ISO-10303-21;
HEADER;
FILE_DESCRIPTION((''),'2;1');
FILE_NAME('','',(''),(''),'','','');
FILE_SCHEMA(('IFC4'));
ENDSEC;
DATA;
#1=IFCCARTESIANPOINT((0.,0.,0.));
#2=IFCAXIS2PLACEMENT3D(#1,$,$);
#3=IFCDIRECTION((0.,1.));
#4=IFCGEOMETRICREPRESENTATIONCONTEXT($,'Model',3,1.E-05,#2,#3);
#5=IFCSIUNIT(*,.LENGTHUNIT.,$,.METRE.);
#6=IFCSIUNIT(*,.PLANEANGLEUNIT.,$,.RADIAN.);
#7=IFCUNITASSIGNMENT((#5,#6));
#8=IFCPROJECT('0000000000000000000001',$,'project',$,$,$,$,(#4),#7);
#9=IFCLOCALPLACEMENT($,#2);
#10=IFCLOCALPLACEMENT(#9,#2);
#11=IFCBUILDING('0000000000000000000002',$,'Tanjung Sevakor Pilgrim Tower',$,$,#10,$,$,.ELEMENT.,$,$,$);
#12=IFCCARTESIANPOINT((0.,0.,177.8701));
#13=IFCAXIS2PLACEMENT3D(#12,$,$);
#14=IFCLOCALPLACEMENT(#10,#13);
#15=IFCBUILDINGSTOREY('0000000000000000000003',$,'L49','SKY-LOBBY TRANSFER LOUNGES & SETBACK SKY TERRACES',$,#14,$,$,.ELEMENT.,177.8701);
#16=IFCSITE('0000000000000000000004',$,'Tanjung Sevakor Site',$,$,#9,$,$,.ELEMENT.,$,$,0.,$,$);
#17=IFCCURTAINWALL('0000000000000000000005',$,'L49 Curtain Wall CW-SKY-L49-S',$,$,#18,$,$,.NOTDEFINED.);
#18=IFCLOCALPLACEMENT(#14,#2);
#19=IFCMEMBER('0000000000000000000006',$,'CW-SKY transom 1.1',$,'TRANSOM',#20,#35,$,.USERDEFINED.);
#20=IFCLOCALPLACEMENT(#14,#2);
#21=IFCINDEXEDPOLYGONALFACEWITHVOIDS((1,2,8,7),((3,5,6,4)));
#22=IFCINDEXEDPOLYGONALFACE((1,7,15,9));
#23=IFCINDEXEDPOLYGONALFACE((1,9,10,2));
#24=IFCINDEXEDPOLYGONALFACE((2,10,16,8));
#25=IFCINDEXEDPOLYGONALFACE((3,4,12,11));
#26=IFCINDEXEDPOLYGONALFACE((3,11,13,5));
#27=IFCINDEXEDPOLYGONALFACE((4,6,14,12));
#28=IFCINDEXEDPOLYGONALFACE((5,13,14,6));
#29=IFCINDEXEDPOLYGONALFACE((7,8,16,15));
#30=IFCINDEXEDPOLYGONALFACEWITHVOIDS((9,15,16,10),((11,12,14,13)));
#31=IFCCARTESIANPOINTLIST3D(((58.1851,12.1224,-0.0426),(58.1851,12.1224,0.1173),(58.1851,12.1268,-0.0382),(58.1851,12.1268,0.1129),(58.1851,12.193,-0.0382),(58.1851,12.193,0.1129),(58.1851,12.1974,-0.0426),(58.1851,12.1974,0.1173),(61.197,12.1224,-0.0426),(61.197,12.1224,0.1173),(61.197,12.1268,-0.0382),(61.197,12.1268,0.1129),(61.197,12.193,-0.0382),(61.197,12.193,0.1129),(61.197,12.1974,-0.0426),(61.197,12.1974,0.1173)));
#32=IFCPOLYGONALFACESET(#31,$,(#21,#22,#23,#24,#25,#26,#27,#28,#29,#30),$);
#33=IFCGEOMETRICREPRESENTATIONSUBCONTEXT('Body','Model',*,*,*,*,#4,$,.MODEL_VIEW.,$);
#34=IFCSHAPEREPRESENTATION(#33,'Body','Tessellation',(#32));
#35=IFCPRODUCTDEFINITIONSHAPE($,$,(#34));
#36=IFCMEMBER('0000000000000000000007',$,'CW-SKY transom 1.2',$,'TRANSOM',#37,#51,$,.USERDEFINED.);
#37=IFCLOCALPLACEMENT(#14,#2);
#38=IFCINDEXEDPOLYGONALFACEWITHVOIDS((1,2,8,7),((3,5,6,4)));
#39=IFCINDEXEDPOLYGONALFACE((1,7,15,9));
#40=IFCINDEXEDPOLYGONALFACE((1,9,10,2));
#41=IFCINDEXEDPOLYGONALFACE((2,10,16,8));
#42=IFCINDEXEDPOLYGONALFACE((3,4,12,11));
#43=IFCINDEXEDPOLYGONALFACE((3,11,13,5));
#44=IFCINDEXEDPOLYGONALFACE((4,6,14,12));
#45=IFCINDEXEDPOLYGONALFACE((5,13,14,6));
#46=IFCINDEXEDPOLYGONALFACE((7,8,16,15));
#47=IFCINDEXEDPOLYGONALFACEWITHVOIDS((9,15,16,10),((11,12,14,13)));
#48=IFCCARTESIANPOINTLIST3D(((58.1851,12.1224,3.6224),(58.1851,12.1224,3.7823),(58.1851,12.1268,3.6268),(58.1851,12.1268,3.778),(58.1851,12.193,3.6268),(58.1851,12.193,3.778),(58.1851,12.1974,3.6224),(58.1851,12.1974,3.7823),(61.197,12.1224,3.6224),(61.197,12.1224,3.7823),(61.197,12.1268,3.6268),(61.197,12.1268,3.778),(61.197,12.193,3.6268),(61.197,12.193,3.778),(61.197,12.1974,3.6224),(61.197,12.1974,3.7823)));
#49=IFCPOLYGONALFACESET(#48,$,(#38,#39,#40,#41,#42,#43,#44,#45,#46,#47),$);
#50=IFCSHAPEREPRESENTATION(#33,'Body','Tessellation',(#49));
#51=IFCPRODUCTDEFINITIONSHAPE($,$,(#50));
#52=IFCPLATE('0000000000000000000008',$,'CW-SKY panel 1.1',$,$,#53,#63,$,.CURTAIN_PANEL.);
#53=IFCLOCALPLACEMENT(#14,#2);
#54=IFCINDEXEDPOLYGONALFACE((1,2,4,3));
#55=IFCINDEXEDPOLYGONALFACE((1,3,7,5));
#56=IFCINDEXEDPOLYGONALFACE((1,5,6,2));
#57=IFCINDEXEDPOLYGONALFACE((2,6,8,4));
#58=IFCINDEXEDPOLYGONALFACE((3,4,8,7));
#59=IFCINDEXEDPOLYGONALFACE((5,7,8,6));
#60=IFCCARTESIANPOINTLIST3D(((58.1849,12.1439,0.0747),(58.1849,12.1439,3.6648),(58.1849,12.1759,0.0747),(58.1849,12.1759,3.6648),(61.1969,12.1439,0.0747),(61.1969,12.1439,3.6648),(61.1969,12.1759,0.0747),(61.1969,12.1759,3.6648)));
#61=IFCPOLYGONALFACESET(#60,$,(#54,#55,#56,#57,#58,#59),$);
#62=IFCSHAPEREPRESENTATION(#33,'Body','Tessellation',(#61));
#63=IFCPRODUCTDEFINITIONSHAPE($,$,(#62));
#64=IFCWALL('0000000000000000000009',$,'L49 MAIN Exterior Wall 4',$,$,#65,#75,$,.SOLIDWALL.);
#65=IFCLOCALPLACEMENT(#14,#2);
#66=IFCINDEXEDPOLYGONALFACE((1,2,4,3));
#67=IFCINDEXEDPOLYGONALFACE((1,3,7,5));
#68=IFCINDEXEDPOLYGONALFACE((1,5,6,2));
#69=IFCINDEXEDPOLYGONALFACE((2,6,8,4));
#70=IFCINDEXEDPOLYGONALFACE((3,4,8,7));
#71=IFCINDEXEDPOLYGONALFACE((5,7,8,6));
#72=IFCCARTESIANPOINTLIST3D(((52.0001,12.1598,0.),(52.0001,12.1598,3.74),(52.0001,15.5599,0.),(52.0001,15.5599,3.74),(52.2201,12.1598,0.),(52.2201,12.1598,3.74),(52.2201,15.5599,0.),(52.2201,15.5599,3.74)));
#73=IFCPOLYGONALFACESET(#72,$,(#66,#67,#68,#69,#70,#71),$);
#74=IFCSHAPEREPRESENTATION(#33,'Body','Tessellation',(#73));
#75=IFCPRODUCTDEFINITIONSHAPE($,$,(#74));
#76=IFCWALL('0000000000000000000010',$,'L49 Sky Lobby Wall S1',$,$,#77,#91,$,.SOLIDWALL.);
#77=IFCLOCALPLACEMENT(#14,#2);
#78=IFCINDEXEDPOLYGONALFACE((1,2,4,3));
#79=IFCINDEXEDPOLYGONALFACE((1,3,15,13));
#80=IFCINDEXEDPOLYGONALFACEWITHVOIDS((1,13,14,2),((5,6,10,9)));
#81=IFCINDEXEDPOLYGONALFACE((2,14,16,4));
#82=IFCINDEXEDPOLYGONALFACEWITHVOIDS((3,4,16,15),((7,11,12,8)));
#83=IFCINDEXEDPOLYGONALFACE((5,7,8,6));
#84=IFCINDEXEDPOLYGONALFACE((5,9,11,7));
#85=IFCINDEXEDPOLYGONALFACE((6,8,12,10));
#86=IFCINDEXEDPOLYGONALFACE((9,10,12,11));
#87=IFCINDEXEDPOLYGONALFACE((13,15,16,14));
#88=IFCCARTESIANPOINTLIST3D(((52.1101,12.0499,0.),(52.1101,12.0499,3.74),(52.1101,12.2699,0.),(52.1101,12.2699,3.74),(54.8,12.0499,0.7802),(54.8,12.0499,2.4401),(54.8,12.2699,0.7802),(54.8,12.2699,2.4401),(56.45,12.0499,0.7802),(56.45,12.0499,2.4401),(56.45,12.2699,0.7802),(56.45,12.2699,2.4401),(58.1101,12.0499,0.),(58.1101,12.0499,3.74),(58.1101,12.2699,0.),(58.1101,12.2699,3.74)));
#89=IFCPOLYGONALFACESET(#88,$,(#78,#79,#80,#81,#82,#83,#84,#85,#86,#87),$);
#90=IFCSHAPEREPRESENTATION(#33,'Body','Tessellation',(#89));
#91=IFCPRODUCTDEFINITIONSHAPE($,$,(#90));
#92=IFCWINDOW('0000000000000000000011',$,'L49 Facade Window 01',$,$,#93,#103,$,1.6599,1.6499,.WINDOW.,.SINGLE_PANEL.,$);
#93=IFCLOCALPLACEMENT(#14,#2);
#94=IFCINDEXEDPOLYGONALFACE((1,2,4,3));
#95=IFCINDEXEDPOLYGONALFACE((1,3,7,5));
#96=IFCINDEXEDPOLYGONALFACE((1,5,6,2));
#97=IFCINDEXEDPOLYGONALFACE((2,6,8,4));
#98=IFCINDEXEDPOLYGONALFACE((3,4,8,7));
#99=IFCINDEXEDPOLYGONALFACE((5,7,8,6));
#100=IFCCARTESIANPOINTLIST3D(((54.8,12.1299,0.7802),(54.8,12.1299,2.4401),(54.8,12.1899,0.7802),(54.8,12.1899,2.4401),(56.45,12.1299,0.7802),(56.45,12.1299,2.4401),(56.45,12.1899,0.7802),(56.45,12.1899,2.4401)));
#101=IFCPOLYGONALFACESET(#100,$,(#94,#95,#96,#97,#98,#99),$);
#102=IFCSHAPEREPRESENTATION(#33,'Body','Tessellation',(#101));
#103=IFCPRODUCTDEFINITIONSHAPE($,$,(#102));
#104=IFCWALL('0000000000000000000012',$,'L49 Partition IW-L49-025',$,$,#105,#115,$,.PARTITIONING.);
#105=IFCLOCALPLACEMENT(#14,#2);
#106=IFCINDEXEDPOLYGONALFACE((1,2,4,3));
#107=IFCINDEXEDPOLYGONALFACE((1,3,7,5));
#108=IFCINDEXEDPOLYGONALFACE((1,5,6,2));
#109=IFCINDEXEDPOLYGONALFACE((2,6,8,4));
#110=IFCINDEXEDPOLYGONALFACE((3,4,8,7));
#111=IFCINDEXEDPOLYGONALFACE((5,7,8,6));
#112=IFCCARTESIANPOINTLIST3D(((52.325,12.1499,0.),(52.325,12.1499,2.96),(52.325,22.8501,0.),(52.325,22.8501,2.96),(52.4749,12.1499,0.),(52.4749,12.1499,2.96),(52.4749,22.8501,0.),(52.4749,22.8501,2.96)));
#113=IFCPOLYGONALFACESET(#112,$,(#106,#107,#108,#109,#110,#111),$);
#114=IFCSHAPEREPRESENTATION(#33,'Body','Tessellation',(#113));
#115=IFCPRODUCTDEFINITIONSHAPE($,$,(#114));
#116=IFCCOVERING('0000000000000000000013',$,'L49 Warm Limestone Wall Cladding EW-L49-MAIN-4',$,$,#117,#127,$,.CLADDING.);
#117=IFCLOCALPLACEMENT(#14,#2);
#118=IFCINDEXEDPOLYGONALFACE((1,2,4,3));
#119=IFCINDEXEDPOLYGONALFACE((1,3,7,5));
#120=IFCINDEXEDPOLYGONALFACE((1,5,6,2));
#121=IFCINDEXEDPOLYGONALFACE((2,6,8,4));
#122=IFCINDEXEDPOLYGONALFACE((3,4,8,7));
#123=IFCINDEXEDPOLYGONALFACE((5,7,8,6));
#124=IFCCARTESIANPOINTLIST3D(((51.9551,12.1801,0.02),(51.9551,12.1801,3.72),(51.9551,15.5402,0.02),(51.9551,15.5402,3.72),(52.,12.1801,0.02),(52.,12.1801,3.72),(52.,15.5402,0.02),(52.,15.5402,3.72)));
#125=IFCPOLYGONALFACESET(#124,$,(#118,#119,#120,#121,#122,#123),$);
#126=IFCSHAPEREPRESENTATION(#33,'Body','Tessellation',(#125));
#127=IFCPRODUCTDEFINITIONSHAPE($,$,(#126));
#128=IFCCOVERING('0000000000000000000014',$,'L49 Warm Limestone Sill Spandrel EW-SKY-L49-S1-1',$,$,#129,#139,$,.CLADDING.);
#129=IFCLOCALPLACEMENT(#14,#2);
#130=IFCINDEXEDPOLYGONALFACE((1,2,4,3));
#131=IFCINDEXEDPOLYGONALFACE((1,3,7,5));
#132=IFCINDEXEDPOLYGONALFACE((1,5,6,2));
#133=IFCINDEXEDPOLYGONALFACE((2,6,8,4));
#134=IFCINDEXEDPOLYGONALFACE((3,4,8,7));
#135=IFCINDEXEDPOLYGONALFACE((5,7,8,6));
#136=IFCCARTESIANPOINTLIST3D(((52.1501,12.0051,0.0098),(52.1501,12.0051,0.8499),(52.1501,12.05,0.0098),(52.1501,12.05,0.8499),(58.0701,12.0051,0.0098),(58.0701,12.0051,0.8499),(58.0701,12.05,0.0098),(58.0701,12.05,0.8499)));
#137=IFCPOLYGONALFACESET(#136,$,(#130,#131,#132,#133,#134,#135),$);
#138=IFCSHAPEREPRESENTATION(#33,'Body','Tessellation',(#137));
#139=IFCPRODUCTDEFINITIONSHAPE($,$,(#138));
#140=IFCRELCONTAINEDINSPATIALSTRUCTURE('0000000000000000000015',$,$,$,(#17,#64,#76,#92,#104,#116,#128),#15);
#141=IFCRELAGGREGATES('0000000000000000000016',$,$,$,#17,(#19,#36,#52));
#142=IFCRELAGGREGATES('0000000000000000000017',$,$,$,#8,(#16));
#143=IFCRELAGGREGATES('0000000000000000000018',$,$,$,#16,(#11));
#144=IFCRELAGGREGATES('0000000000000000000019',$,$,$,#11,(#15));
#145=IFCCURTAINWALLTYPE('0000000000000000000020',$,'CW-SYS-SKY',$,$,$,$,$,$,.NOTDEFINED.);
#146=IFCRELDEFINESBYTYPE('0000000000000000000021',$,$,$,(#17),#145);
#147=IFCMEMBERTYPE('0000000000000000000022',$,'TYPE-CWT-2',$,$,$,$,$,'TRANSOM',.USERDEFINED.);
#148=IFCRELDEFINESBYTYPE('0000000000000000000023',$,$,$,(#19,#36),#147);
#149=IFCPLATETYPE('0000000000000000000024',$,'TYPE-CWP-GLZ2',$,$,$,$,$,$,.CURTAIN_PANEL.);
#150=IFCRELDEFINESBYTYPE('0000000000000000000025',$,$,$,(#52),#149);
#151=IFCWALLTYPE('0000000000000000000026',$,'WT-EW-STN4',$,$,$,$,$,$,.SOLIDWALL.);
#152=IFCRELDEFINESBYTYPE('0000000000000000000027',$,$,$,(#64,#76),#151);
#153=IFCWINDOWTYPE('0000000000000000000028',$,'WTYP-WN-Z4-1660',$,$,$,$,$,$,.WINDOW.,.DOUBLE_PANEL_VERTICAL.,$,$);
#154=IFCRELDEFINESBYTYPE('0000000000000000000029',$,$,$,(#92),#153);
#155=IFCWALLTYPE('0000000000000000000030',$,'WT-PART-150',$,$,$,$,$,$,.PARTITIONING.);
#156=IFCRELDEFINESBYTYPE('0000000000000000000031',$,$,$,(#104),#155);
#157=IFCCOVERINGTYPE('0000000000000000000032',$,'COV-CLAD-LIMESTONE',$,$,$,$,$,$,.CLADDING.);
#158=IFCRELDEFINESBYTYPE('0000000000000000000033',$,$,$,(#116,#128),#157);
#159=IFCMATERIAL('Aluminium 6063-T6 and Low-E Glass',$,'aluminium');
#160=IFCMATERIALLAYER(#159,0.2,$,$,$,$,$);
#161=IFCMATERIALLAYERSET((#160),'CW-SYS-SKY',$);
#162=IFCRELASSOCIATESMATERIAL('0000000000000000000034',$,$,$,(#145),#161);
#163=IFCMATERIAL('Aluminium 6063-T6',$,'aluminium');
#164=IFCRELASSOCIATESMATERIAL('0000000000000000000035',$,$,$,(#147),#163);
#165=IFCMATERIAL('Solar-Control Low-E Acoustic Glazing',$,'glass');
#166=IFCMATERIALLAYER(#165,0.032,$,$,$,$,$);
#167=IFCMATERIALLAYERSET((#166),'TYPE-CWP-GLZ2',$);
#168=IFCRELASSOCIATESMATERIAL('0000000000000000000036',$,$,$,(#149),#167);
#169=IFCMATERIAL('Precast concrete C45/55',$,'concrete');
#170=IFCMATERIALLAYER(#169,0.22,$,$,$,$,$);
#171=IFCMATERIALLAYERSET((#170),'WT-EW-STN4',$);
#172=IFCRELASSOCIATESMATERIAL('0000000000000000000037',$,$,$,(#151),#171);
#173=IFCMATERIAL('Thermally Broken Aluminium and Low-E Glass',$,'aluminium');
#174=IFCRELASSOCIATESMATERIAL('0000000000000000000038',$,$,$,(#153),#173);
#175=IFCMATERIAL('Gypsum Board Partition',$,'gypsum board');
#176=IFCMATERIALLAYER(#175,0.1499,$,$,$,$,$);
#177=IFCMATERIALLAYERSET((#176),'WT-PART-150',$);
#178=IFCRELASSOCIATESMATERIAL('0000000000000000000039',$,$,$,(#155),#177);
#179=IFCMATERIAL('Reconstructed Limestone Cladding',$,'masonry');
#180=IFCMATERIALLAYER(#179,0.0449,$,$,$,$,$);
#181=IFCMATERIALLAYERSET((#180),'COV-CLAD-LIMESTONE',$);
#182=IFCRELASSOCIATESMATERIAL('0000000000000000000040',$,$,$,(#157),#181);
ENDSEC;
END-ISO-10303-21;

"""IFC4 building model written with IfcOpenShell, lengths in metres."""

from ifc_helpers import new_model, si_unit, direction, frame, frame_2d, origin, origin_2d, place, context, subcontext, project, spatial, rectangle, hollow_rectangle, extrude, material, layer, layer_set, material_profile, profile_set, type_object, element, fill, aggregate, save


model = new_model("IFC4")

# Units and contexts
model_context = context("Model", 3, precision=1e-05, world=origin(), true_north=direction((0.0, 1.0)))
body_context = subcontext(model_context, "Body", "Model", "MODEL_VIEW")
ifc_project = project(units=[si_unit("LENGTHUNIT", "METRE"), si_unit("PLANEANGLEUNIT", "RADIAN")], contexts=[model_context])

# Site, building, storey
site_placement = place(None, origin())
site = spatial("IfcSite", under=ifc_project, at=site_placement, Name="Tanjung Sevakor Site", CompositionType="ELEMENT", RefElevation=0.0)
building_placement = place(site_placement, origin())
building = spatial("IfcBuilding", under=site, at=building_placement, Name="Tanjung Sevakor Pilgrim Tower", CompositionType="ELEMENT")
storey_placement = place(building_placement, frame((0.0, 0.0, 177.8701)))
storey = spatial("IfcBuildingStorey", under=building, at=storey_placement, Name="L49", Description="SKY-LOBBY TRANSFER LOUNGES & SETBACK SKY TERRACES", CompositionType="ELEMENT", Elevation=177.8701)

# Curtain wall, members, plate
ifc_material_1 = material(Name="Aluminium 6063-T6 and Low-E Glass", Category="aluminium")
ifc_layer_1 = layer(ifc_material_1, 0.2)
ifc_layer_set_1 = layer_set([ifc_layer_1], Name="CW-SYS-SKY")
curtain_wall_type_1 = type_object("IfcCurtainWallType", Name="CW-SYS-SKY", PredefinedType="NOTDEFINED", material=ifc_layer_set_1)
curtain_wall_1_placement = place(storey_placement, origin())
curtain_wall_1 = element("IfcCurtainWall", 1, at=curtain_wall_1_placement, inside=storey, type_object=curtain_wall_type_1, Name="L49 Curtain Wall CW-SKY-L49-S", PredefinedType="NOTDEFINED")
ifc_material_2 = material(Name="Aluminium 6063-T6", Category="aluminium")
ifc_material_profile_1 = material_profile(ifc_material_2, hollow_rectangle(XDim=0.075, YDim=0.1599, WallThickness=0.0044, at=origin_2d()))
ifc_profile_set_1 = profile_set([ifc_material_profile_1], Name="Aluminium 6063-T6")
member_type_1 = type_object("IfcMemberType", Name="TYPE-CWT-2", ElementType="TRANSOM", PredefinedType="USERDEFINED", material=ifc_profile_set_1)
member_1_placement = place(storey_placement, frame((58.1851, 12.1599, 0.0374), z_axis=(1.0, 0.0, 0.0), x_axis=(0.0, 1.0, 0.0)))
member_1 = element("IfcMember", 2, at=member_1_placement, type_object=member_type_1, Name="CW-SKY transom 1.1", ObjectType="TRANSOM", PredefinedType="USERDEFINED", context=body_context, shape_type="SweptSolid", body=[
    extrude(hollow_rectangle(XDim=0.075, YDim=0.1599, WallThickness=0.0044, at=origin_2d()), origin(), (0.0, 0.0, 1.0), 3.012),
])
member_2_placement = place(storey_placement, frame((58.1851, 12.1599, 3.7024), z_axis=(1.0, 0.0, 0.0), x_axis=(0.0, 1.0, 0.0)))
member_2 = element("IfcMember", 3, at=member_2_placement, type_object=member_type_1, Name="CW-SKY transom 1.2", ObjectType="TRANSOM", PredefinedType="USERDEFINED", context=body_context, shape_type="SweptSolid", body=[
    extrude(hollow_rectangle(XDim=0.075, YDim=0.1599, WallThickness=0.0044, at=origin_2d()), origin(), (0.0, 0.0, 1.0), 3.012),
])
ifc_material_3 = material(Name="Solar-Control Low-E Acoustic Glazing", Category="glass")
ifc_layer_2 = layer(ifc_material_3, 0.032)
ifc_layer_set_2 = layer_set([ifc_layer_2], Name="TYPE-CWP-GLZ2")
plate_type = type_object("IfcPlateType", Name="TYPE-CWP-GLZ2", PredefinedType="CURTAIN_PANEL", material=ifc_layer_set_2)
plate_placement = place(storey_placement, frame((59.6909, 12.1599, 0.0747), z_axis=(0.0, 0.0, 1.0), x_axis=(1.0, 0.0, 0.0)))
plate = element("IfcPlate", 4, at=plate_placement, type_object=plate_type, Name="CW-SKY panel 1.1", PredefinedType="CURTAIN_PANEL", context=body_context, shape_type="SweptSolid", body=[
    extrude(rectangle(XDim=3.012, YDim=0.032, at=origin_2d()), origin(), (0.0, 0.0, 1.0), 3.5901),
])
aggregate(curtain_wall_1, [member_1, member_2, plate])

# Wall
ifc_material_4 = material(Name="Precast concrete C45/55", Category="concrete")
ifc_layer_3 = layer(ifc_material_4, 0.22)
ifc_layer_set_3 = layer_set([ifc_layer_3], Name="WT-EW-STN4")
wall_type_1 = type_object("IfcWallType", Name="WT-EW-STN4", PredefinedType="SOLIDWALL", material=ifc_layer_set_3)
wall_1_placement = place(storey_placement, frame((52.1101, 15.5601, 0.0), z_axis=(0.0, 0.0, 1.0), x_axis=(0.0, -1.0, 0.0)))
element("IfcWall", 5, at=wall_1_placement, inside=storey, type_object=wall_type_1, Name="L49 MAIN Exterior Wall 4", PredefinedType="SOLIDWALL", context=body_context, shape_type="SweptSolid", body=[
    extrude(rectangle(XDim=3.4001, YDim=0.22, at=frame_2d((1.7002, 0.0))), origin(), (0.0, 0.0, 1.0), 3.74),
])

# Wall, opening, window
wall_2_placement = place(storey_placement, frame((52.1101, 12.1599, 0.0), z_axis=(0.0, 0.0, 1.0), x_axis=(1.0, 0.0, 0.0)))
wall_2 = element("IfcWall", 6, at=wall_2_placement, inside=storey, type_object=wall_type_1, Name="L49 Sky Lobby Wall S1", PredefinedType="SOLIDWALL", context=body_context, shape_type="SweptSolid", body=[
    extrude(rectangle(XDim=6.0, YDim=0.22, at=frame_2d((3.0, 0.0))), origin(), (0.0, 0.0, 1.0), 3.74),
])
opening_placement = place(wall_2_placement, frame((2.6899, 0.0, 0.78)))
opening = element("IfcOpeningElement", 7, at=opening_placement, cuts=wall_2, PredefinedType="OPENING", context=body_context, shape_type="SweptSolid", body=[
    extrude(rectangle(XDim=1.6499, YDim=1.6599, at=frame_2d((0.825, 0.8301))), frame((0.0, 0.1199, 0.0), z_axis=(0.0, -1.0, 0.0), x_axis=(1.0, 0.0, 0.0)), (0.0, 0.0, 1.0), 0.24),
])
ifc_material_5 = material(Name="Thermally Broken Aluminium and Low-E Glass", Category="aluminium")
window_type = type_object("IfcWindowType", Name="WTYP-WN-Z4-1660", PartitioningType="DOUBLE_PANEL_VERTICAL", PredefinedType="WINDOW", material=ifc_material_5)
window_placement = place(opening_placement, origin())
window = element("IfcWindow", 8, at=window_placement, inside=storey, type_object=window_type, Name="L49 Facade Window 01", OverallHeight=1.6599, OverallWidth=1.6499, PartitioningType="SINGLE_PANEL", PredefinedType="WINDOW", context=body_context, shape_type="SweptSolid", body=[
    extrude(rectangle(XDim=1.6499, YDim=1.6599, at=frame_2d((0.825, 0.8301))), frame((0.0, 0.03, 0.0), z_axis=(0.0, -1.0, 0.0), x_axis=(1.0, 0.0, 0.0)), (0.0, 0.0, 1.0), 0.0601),
])
fill(opening, window)

# Wall
ifc_material_6 = material(Name="Gypsum Board Partition", Category="gypsum board")
ifc_layer_4 = layer(ifc_material_6, 0.1499)
ifc_layer_set_4 = layer_set([ifc_layer_4], Name="WT-PART-150")
wall_type_2 = type_object("IfcWallType", Name="WT-PART-150", PredefinedType="PARTITIONING", material=ifc_layer_set_4)
wall_3_placement = place(storey_placement, frame((52.3999, 12.1499, 0.0), z_axis=(0.0, 0.0, 1.0), x_axis=(0.0, 1.0, 0.0)))
element("IfcWall", 9, at=wall_3_placement, inside=storey, type_object=wall_type_2, Name="L49 Partition IW-L49-025", PredefinedType="PARTITIONING", context=body_context, shape_type="SweptSolid", body=[
    extrude(rectangle(XDim=10.7002, YDim=0.1499, at=frame_2d((5.3501, 0.0))), origin(), (0.0, 0.0, 1.0), 2.96),
])

# Coverings
ifc_material_7 = material(Name="Reconstructed Limestone Cladding", Category="masonry")
ifc_layer_5 = layer(ifc_material_7, 0.0449)
ifc_layer_set_5 = layer_set([ifc_layer_5], Name="COV-CLAD-LIMESTONE")
covering_type = type_object("IfcCoveringType", Name="COV-CLAD-LIMESTONE", PredefinedType="CLADDING", material=ifc_layer_set_5)
covering_1_placement = place(storey_placement, frame((51.9775, 13.8601, 0.02), z_axis=(0.0, 0.0, 1.0), x_axis=(0.0, -1.0, 0.0)))
element("IfcCovering", 10, at=covering_1_placement, inside=storey, type_object=covering_type, Name="L49 Warm Limestone Wall Cladding EW-L49-MAIN-4", PredefinedType="CLADDING", context=body_context, shape_type="SweptSolid", body=[
    extrude(rectangle(XDim=3.3601, YDim=0.0449, at=origin_2d()), origin(), (0.0, 0.0, 1.0), 3.7),
])
covering_2_placement = place(storey_placement, frame((55.1101, 12.0276, 0.0098), z_axis=(0.0, 0.0, 1.0), x_axis=(1.0, 0.0, 0.0)))
element("IfcCovering", 11, at=covering_2_placement, inside=storey, type_object=covering_type, Name="L49 Warm Limestone Sill Spandrel EW-SKY-L49-S1-1", PredefinedType="CLADDING", context=body_context, shape_type="SweptSolid", body=[
    extrude(rectangle(XDim=5.9199, YDim=0.0449, at=origin_2d()), origin(), (0.0, 0.0, 1.0), 0.8401),
])

save(model, "model.ifc")
